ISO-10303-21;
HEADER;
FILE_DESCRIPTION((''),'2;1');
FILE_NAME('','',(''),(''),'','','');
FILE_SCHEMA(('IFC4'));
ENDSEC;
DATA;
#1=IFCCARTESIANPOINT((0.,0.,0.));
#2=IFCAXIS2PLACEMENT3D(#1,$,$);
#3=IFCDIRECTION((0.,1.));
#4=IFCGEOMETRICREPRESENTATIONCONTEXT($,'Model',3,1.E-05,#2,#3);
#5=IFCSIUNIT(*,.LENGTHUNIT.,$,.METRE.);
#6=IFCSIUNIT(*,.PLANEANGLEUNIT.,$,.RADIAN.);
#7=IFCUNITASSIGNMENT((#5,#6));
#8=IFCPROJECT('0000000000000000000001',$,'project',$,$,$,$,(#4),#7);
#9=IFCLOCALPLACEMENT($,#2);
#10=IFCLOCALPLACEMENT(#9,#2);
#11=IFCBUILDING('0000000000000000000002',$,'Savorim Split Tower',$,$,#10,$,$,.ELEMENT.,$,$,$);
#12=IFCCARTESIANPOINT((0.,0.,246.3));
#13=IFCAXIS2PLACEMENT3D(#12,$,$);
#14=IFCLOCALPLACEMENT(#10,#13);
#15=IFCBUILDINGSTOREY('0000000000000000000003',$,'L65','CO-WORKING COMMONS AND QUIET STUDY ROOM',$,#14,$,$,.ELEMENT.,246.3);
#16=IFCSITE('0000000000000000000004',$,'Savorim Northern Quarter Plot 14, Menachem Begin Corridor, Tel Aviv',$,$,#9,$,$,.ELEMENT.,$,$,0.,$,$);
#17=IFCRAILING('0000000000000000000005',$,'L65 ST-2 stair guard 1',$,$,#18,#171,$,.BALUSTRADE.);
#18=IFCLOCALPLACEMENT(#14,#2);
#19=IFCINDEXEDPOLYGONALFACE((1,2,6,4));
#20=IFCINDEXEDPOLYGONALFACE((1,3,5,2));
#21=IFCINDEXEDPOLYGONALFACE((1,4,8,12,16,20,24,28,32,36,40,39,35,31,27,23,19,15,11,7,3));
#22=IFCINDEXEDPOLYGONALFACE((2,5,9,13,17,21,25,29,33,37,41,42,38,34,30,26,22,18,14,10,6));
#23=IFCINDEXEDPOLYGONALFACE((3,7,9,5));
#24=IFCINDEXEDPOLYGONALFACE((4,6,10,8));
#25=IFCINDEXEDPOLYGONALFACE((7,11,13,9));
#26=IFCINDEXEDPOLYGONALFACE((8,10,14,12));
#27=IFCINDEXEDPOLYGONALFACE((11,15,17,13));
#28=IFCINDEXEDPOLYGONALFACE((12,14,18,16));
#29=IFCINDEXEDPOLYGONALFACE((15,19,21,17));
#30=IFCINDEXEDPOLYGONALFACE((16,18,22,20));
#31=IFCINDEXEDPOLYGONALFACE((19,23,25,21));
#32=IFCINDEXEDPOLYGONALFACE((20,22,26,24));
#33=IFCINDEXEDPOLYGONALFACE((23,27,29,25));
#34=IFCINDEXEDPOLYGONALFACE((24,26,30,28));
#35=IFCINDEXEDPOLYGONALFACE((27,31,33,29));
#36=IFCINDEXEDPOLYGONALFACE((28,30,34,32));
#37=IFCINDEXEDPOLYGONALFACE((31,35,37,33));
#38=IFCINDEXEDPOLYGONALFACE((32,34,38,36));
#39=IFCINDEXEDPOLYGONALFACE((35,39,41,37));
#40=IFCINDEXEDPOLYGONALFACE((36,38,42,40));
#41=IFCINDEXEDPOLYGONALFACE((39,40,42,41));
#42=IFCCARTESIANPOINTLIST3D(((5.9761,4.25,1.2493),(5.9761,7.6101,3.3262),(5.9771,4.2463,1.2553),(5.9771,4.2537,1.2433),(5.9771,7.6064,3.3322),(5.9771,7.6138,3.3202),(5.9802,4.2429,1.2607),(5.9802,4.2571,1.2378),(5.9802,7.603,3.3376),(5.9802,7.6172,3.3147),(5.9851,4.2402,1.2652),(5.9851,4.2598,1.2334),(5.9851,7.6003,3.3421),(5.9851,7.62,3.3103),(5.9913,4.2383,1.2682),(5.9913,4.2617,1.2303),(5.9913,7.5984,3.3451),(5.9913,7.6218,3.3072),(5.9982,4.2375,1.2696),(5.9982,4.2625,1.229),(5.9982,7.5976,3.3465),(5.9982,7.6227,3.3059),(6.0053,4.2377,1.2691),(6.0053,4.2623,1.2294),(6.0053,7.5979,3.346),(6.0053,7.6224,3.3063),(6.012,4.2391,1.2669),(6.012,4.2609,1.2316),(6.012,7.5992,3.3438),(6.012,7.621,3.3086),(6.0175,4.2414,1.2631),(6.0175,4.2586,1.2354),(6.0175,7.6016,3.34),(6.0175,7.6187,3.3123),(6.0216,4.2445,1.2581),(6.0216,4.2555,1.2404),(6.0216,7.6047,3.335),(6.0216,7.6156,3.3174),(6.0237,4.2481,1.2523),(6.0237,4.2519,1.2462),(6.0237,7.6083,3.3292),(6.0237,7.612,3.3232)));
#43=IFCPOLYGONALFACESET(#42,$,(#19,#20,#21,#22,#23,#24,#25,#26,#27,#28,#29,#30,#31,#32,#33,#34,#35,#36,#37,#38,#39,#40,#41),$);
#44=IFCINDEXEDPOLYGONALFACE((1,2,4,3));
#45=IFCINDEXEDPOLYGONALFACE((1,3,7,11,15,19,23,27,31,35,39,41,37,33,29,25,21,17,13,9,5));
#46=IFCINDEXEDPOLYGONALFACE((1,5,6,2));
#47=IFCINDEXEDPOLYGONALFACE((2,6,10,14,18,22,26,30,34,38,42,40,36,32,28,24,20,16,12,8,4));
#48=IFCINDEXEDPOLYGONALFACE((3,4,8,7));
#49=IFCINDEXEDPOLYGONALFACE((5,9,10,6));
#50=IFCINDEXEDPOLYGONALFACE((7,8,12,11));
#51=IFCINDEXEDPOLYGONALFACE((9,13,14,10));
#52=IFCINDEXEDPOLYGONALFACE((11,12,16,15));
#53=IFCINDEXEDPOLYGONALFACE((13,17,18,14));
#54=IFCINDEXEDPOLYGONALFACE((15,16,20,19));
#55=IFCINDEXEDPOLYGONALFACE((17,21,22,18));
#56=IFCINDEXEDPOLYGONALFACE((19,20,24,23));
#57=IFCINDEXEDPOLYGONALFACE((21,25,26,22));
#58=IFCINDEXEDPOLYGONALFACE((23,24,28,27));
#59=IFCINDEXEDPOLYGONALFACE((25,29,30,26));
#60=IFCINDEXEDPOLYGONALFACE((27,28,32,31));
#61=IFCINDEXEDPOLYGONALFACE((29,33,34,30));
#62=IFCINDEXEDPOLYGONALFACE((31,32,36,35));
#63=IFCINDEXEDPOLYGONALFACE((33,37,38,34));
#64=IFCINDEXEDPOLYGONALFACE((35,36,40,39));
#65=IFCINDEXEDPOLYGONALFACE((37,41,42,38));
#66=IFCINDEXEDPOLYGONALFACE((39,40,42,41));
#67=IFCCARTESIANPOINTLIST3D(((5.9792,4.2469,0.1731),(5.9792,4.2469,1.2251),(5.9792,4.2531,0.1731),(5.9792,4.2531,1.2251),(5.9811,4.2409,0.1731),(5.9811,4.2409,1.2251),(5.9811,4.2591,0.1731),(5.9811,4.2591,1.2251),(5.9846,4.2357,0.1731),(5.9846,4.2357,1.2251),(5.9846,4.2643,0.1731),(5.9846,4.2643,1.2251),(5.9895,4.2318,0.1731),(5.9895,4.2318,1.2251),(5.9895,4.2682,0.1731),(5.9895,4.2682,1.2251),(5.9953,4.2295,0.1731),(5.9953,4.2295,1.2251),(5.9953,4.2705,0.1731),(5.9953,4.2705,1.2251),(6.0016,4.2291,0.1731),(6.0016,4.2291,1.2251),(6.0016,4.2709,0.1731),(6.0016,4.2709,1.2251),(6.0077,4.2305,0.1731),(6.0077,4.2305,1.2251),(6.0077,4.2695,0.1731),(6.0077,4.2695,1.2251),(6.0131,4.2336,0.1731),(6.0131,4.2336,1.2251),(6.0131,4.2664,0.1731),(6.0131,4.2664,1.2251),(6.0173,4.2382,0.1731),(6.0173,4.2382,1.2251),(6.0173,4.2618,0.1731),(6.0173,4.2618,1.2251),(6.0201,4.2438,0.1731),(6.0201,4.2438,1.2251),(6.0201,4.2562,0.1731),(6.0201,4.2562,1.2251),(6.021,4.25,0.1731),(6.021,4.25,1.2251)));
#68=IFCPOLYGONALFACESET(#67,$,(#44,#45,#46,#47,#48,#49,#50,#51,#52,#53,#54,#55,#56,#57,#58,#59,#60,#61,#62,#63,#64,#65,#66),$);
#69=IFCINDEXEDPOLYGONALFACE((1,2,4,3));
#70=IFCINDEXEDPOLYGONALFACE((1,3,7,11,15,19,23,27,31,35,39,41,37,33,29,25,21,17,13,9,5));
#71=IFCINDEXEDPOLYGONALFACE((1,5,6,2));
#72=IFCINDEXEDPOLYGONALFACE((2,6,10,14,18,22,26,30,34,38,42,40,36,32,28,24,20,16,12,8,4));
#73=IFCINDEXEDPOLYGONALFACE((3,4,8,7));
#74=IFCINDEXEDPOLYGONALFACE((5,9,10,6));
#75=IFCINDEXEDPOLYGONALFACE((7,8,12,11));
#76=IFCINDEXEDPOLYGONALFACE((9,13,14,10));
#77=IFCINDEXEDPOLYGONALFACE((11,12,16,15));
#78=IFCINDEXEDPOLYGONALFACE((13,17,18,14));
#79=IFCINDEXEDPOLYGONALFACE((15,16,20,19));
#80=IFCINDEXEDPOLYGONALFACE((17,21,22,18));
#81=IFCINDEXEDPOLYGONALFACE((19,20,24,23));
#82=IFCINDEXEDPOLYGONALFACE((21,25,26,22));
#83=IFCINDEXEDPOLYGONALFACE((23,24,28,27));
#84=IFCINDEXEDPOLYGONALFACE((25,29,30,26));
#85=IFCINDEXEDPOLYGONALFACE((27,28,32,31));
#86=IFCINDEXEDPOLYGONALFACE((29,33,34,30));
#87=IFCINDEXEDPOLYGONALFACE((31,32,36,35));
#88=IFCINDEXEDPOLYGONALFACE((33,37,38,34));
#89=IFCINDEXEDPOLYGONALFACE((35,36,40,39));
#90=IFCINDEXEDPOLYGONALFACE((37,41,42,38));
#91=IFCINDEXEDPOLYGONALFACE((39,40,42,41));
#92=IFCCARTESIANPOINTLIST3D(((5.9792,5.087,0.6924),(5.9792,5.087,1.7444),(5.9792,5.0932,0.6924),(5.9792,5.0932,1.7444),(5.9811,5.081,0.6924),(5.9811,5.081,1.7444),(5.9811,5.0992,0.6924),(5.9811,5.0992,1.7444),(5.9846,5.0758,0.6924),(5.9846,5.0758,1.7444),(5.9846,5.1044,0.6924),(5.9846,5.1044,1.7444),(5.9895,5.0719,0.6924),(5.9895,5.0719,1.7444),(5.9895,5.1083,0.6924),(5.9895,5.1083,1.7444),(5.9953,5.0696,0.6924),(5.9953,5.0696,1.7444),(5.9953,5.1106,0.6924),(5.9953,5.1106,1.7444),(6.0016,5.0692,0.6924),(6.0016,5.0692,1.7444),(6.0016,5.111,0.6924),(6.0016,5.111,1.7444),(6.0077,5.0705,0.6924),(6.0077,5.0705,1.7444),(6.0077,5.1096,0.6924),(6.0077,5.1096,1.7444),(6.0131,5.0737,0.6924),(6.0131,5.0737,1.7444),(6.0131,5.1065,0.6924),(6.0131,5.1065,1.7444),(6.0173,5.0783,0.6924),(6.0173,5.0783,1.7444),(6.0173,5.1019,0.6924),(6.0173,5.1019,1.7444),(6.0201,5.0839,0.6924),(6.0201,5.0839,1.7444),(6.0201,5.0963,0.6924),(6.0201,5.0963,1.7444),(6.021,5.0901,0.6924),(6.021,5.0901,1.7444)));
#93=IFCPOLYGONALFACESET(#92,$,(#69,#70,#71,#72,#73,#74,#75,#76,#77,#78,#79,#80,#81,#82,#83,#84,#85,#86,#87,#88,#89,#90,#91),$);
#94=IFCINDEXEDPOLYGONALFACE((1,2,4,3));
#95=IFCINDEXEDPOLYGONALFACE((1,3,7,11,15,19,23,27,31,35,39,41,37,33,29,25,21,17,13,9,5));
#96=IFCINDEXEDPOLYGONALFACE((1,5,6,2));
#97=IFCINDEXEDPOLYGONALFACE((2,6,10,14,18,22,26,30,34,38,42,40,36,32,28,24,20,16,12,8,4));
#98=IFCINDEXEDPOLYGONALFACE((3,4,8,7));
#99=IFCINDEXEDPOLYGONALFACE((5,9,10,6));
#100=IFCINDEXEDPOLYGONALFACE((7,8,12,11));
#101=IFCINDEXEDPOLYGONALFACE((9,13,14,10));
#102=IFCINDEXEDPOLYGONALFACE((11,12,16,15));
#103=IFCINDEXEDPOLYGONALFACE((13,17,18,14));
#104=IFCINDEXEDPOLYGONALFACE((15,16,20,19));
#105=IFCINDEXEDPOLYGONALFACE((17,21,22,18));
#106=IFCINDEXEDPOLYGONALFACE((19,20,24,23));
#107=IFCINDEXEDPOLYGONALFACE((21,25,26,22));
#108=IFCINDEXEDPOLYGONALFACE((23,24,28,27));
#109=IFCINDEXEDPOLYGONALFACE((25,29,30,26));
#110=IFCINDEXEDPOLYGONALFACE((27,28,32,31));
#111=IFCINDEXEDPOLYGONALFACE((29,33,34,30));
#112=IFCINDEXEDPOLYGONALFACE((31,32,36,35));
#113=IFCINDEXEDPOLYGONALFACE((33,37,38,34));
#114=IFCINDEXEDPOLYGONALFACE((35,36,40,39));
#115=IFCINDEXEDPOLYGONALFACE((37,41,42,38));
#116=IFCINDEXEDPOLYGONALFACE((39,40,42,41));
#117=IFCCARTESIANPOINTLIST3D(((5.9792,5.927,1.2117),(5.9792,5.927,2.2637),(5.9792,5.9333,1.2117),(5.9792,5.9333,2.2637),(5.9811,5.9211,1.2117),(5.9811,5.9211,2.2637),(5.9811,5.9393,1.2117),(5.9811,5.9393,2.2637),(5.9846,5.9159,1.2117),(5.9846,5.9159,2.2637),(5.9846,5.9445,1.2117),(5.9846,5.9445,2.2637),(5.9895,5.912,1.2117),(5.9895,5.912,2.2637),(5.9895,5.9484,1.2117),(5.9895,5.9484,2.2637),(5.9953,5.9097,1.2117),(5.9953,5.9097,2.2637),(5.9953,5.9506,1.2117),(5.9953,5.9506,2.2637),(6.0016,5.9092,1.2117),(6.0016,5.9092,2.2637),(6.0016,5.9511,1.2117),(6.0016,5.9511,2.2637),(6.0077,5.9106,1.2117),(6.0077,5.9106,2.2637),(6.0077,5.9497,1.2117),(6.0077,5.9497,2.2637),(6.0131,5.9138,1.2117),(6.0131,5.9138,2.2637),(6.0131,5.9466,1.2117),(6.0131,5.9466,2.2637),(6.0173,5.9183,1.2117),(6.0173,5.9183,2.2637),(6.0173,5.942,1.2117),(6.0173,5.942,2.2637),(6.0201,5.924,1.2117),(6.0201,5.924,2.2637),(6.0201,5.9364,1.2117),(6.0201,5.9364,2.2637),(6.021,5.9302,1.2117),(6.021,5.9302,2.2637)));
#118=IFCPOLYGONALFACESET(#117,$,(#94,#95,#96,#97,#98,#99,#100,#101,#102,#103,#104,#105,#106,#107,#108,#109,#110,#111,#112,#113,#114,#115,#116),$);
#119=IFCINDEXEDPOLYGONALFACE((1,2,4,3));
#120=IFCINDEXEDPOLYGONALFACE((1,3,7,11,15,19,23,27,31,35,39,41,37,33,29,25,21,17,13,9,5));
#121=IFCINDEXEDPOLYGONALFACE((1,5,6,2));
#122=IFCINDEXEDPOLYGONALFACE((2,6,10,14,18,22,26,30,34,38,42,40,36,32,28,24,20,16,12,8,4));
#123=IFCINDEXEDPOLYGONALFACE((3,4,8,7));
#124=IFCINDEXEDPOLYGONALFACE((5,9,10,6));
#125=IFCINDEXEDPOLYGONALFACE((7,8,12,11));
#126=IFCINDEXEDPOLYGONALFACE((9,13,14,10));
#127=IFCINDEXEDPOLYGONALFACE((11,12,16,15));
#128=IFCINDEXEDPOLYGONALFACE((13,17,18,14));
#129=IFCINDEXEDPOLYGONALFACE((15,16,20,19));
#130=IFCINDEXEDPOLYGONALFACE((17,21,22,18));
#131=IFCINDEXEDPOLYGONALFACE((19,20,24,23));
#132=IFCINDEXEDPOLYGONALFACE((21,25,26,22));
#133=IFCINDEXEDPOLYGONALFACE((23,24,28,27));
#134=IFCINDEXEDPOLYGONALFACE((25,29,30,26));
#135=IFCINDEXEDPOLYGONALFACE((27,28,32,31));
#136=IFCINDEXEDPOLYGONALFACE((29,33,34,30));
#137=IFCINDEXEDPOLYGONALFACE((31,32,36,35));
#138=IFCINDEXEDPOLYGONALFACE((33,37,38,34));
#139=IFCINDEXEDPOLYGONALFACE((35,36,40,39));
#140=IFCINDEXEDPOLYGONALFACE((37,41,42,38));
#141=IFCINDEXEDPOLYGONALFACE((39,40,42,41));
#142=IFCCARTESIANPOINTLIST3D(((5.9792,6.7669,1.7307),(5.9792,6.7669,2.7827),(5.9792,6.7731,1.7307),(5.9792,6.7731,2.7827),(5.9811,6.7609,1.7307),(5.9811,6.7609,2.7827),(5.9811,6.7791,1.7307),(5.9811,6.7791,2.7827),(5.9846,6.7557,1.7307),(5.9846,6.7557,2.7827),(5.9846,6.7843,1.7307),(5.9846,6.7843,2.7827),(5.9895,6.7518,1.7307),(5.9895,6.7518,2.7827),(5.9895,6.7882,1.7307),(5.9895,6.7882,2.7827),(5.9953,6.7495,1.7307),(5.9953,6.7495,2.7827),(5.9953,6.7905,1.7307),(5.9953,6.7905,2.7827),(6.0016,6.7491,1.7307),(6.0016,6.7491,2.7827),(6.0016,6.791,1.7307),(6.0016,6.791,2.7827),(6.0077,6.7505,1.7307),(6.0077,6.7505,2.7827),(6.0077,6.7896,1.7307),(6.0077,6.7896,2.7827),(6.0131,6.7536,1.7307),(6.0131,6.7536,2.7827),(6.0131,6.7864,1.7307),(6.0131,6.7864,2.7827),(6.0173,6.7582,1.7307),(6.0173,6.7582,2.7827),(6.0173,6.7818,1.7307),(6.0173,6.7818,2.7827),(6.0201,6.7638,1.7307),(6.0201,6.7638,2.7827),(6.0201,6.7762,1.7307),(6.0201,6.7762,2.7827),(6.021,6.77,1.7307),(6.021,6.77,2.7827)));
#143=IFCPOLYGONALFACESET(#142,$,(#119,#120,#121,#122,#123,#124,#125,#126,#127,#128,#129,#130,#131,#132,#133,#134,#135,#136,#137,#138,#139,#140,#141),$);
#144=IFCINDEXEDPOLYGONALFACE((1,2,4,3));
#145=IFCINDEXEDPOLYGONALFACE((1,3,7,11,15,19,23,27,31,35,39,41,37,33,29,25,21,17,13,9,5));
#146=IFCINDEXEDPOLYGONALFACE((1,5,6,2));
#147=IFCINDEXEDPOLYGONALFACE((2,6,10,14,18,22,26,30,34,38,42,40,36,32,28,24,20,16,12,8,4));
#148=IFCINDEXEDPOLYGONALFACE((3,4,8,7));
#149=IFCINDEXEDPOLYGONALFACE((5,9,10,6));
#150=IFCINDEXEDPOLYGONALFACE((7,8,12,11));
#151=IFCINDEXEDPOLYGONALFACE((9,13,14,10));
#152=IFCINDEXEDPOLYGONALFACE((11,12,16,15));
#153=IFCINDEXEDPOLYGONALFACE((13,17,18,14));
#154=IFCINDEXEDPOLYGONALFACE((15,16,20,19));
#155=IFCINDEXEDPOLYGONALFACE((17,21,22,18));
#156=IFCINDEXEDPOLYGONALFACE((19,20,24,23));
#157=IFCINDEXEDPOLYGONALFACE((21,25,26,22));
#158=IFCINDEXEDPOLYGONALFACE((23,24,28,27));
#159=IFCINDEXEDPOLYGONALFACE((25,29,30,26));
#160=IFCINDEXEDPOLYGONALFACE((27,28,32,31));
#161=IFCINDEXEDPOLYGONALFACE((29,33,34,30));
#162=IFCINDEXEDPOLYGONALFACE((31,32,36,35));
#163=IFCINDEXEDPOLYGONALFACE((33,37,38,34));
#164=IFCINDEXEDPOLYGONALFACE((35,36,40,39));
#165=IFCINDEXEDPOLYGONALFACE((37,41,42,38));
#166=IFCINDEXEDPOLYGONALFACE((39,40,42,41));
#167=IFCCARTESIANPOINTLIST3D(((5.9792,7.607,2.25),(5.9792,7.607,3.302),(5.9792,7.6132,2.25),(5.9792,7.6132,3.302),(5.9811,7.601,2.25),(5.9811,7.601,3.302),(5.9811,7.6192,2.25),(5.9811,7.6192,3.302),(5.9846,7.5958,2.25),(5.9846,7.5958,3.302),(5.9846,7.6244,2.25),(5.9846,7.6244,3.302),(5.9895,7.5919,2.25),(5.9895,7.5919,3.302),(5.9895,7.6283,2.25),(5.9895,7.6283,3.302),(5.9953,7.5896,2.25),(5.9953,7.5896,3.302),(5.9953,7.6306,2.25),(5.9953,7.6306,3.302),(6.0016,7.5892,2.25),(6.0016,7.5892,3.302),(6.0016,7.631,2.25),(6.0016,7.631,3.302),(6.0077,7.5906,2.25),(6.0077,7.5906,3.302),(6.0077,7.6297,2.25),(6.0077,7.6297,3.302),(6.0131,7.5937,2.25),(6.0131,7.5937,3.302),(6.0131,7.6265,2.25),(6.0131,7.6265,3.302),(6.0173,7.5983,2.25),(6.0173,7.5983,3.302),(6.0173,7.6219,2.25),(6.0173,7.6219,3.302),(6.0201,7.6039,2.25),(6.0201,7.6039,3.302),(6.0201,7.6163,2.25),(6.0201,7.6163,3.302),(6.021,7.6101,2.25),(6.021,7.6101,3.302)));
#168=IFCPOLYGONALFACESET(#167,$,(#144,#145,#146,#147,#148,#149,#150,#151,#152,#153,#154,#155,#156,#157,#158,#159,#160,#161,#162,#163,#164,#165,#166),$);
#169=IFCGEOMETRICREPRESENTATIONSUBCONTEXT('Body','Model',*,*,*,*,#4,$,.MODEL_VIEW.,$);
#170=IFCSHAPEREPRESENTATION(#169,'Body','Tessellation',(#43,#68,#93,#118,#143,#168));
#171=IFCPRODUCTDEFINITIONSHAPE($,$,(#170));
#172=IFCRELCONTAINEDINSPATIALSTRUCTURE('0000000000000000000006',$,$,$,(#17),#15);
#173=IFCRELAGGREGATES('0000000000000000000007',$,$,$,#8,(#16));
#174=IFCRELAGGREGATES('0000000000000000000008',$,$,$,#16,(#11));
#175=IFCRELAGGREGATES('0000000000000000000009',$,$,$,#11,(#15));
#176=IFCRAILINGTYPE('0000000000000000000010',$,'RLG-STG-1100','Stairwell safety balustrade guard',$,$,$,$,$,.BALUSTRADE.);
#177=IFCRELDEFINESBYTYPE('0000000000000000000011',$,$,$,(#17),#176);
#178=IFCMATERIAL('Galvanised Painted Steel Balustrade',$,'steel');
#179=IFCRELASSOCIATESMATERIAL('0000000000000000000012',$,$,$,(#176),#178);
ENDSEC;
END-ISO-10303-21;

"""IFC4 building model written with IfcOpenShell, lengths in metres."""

from ifc_helpers import new_model, si_unit, direction, frame, origin, origin_2d, place, context, subcontext, project, spatial, circle, extrude, material, type_object, element, save


model = new_model("IFC4")

# Units and contexts
model_context = context("Model", 3, precision=1e-05, world=origin(), true_north=direction((0.0, 1.0)))
body_context = subcontext(model_context, "Body", "Model", "MODEL_VIEW")
ifc_project = project(units=[si_unit("LENGTHUNIT", "METRE"), si_unit("PLANEANGLEUNIT", "RADIAN")], contexts=[model_context])

# Site, building, storey
site_placement = place(None, origin())
site = spatial("IfcSite", under=ifc_project, at=site_placement, Name="Savorim Northern Quarter Plot 14, Menachem Begin Corridor, Tel Aviv", CompositionType="ELEMENT", RefElevation=0.0)
building_placement = place(site_placement, origin())
building = spatial("IfcBuilding", under=site, at=building_placement, Name="Savorim Split Tower", CompositionType="ELEMENT")
storey_placement = place(building_placement, frame((0.0, 0.0, 246.3)))
storey = spatial("IfcBuildingStorey", under=building, at=storey_placement, Name="L65", Description="CO-WORKING COMMONS AND QUIET STUDY ROOM", CompositionType="ELEMENT", Elevation=246.3)

# Railing
ifc_material_1 = material(Name="Galvanised Painted Steel Balustrade", Category="steel")
railing_type_1 = type_object("IfcRailingType", Name="RLG-STG-1100", Description="Stairwell safety balustrade guard", PredefinedType="BALUSTRADE", material=ifc_material_1)
railing_1_placement = place(storey_placement, frame((6.0, 4.25, 0.1731)))
element("IfcRailing", 1, at=railing_1_placement, inside=storey, type_object=railing_type_1, Name="L65 ST-2 stair guard 1", PredefinedType="BALUSTRADE", context=body_context, shape_type="SweptSolid", body=[
    extrude(circle(Radius=0.0239, at=origin_2d()), frame((0.0, 0.0, 1.0762), z_axis=(0.0, 0.850623, 0.525776), x_axis=(-1.0, 0.0, 0.0)), (0.0, 0.0, 1.0), 3.9502),
    extrude(circle(Radius=0.021, at=origin_2d()), origin(), (0.0, 0.0, 1.0), 1.052),
    extrude(circle(Radius=0.021, at=origin_2d()), frame((0.0, 0.8401, 0.5193)), (0.0, 0.0, 1.0), 1.052),
    extrude(circle(Radius=0.021, at=origin_2d()), frame((0.0, 1.6802, 1.0386)), (0.0, 0.0, 1.0), 1.052),
    extrude(circle(Radius=0.021, at=origin_2d()), frame((0.0, 2.52, 1.5576)), (0.0, 0.0, 1.0), 1.052),
    extrude(circle(Radius=0.021, at=origin_2d()), frame((0.0, 3.3601, 2.0769)), (0.0, 0.0, 1.0), 1.052),
])

save(model, "model.ifc")
